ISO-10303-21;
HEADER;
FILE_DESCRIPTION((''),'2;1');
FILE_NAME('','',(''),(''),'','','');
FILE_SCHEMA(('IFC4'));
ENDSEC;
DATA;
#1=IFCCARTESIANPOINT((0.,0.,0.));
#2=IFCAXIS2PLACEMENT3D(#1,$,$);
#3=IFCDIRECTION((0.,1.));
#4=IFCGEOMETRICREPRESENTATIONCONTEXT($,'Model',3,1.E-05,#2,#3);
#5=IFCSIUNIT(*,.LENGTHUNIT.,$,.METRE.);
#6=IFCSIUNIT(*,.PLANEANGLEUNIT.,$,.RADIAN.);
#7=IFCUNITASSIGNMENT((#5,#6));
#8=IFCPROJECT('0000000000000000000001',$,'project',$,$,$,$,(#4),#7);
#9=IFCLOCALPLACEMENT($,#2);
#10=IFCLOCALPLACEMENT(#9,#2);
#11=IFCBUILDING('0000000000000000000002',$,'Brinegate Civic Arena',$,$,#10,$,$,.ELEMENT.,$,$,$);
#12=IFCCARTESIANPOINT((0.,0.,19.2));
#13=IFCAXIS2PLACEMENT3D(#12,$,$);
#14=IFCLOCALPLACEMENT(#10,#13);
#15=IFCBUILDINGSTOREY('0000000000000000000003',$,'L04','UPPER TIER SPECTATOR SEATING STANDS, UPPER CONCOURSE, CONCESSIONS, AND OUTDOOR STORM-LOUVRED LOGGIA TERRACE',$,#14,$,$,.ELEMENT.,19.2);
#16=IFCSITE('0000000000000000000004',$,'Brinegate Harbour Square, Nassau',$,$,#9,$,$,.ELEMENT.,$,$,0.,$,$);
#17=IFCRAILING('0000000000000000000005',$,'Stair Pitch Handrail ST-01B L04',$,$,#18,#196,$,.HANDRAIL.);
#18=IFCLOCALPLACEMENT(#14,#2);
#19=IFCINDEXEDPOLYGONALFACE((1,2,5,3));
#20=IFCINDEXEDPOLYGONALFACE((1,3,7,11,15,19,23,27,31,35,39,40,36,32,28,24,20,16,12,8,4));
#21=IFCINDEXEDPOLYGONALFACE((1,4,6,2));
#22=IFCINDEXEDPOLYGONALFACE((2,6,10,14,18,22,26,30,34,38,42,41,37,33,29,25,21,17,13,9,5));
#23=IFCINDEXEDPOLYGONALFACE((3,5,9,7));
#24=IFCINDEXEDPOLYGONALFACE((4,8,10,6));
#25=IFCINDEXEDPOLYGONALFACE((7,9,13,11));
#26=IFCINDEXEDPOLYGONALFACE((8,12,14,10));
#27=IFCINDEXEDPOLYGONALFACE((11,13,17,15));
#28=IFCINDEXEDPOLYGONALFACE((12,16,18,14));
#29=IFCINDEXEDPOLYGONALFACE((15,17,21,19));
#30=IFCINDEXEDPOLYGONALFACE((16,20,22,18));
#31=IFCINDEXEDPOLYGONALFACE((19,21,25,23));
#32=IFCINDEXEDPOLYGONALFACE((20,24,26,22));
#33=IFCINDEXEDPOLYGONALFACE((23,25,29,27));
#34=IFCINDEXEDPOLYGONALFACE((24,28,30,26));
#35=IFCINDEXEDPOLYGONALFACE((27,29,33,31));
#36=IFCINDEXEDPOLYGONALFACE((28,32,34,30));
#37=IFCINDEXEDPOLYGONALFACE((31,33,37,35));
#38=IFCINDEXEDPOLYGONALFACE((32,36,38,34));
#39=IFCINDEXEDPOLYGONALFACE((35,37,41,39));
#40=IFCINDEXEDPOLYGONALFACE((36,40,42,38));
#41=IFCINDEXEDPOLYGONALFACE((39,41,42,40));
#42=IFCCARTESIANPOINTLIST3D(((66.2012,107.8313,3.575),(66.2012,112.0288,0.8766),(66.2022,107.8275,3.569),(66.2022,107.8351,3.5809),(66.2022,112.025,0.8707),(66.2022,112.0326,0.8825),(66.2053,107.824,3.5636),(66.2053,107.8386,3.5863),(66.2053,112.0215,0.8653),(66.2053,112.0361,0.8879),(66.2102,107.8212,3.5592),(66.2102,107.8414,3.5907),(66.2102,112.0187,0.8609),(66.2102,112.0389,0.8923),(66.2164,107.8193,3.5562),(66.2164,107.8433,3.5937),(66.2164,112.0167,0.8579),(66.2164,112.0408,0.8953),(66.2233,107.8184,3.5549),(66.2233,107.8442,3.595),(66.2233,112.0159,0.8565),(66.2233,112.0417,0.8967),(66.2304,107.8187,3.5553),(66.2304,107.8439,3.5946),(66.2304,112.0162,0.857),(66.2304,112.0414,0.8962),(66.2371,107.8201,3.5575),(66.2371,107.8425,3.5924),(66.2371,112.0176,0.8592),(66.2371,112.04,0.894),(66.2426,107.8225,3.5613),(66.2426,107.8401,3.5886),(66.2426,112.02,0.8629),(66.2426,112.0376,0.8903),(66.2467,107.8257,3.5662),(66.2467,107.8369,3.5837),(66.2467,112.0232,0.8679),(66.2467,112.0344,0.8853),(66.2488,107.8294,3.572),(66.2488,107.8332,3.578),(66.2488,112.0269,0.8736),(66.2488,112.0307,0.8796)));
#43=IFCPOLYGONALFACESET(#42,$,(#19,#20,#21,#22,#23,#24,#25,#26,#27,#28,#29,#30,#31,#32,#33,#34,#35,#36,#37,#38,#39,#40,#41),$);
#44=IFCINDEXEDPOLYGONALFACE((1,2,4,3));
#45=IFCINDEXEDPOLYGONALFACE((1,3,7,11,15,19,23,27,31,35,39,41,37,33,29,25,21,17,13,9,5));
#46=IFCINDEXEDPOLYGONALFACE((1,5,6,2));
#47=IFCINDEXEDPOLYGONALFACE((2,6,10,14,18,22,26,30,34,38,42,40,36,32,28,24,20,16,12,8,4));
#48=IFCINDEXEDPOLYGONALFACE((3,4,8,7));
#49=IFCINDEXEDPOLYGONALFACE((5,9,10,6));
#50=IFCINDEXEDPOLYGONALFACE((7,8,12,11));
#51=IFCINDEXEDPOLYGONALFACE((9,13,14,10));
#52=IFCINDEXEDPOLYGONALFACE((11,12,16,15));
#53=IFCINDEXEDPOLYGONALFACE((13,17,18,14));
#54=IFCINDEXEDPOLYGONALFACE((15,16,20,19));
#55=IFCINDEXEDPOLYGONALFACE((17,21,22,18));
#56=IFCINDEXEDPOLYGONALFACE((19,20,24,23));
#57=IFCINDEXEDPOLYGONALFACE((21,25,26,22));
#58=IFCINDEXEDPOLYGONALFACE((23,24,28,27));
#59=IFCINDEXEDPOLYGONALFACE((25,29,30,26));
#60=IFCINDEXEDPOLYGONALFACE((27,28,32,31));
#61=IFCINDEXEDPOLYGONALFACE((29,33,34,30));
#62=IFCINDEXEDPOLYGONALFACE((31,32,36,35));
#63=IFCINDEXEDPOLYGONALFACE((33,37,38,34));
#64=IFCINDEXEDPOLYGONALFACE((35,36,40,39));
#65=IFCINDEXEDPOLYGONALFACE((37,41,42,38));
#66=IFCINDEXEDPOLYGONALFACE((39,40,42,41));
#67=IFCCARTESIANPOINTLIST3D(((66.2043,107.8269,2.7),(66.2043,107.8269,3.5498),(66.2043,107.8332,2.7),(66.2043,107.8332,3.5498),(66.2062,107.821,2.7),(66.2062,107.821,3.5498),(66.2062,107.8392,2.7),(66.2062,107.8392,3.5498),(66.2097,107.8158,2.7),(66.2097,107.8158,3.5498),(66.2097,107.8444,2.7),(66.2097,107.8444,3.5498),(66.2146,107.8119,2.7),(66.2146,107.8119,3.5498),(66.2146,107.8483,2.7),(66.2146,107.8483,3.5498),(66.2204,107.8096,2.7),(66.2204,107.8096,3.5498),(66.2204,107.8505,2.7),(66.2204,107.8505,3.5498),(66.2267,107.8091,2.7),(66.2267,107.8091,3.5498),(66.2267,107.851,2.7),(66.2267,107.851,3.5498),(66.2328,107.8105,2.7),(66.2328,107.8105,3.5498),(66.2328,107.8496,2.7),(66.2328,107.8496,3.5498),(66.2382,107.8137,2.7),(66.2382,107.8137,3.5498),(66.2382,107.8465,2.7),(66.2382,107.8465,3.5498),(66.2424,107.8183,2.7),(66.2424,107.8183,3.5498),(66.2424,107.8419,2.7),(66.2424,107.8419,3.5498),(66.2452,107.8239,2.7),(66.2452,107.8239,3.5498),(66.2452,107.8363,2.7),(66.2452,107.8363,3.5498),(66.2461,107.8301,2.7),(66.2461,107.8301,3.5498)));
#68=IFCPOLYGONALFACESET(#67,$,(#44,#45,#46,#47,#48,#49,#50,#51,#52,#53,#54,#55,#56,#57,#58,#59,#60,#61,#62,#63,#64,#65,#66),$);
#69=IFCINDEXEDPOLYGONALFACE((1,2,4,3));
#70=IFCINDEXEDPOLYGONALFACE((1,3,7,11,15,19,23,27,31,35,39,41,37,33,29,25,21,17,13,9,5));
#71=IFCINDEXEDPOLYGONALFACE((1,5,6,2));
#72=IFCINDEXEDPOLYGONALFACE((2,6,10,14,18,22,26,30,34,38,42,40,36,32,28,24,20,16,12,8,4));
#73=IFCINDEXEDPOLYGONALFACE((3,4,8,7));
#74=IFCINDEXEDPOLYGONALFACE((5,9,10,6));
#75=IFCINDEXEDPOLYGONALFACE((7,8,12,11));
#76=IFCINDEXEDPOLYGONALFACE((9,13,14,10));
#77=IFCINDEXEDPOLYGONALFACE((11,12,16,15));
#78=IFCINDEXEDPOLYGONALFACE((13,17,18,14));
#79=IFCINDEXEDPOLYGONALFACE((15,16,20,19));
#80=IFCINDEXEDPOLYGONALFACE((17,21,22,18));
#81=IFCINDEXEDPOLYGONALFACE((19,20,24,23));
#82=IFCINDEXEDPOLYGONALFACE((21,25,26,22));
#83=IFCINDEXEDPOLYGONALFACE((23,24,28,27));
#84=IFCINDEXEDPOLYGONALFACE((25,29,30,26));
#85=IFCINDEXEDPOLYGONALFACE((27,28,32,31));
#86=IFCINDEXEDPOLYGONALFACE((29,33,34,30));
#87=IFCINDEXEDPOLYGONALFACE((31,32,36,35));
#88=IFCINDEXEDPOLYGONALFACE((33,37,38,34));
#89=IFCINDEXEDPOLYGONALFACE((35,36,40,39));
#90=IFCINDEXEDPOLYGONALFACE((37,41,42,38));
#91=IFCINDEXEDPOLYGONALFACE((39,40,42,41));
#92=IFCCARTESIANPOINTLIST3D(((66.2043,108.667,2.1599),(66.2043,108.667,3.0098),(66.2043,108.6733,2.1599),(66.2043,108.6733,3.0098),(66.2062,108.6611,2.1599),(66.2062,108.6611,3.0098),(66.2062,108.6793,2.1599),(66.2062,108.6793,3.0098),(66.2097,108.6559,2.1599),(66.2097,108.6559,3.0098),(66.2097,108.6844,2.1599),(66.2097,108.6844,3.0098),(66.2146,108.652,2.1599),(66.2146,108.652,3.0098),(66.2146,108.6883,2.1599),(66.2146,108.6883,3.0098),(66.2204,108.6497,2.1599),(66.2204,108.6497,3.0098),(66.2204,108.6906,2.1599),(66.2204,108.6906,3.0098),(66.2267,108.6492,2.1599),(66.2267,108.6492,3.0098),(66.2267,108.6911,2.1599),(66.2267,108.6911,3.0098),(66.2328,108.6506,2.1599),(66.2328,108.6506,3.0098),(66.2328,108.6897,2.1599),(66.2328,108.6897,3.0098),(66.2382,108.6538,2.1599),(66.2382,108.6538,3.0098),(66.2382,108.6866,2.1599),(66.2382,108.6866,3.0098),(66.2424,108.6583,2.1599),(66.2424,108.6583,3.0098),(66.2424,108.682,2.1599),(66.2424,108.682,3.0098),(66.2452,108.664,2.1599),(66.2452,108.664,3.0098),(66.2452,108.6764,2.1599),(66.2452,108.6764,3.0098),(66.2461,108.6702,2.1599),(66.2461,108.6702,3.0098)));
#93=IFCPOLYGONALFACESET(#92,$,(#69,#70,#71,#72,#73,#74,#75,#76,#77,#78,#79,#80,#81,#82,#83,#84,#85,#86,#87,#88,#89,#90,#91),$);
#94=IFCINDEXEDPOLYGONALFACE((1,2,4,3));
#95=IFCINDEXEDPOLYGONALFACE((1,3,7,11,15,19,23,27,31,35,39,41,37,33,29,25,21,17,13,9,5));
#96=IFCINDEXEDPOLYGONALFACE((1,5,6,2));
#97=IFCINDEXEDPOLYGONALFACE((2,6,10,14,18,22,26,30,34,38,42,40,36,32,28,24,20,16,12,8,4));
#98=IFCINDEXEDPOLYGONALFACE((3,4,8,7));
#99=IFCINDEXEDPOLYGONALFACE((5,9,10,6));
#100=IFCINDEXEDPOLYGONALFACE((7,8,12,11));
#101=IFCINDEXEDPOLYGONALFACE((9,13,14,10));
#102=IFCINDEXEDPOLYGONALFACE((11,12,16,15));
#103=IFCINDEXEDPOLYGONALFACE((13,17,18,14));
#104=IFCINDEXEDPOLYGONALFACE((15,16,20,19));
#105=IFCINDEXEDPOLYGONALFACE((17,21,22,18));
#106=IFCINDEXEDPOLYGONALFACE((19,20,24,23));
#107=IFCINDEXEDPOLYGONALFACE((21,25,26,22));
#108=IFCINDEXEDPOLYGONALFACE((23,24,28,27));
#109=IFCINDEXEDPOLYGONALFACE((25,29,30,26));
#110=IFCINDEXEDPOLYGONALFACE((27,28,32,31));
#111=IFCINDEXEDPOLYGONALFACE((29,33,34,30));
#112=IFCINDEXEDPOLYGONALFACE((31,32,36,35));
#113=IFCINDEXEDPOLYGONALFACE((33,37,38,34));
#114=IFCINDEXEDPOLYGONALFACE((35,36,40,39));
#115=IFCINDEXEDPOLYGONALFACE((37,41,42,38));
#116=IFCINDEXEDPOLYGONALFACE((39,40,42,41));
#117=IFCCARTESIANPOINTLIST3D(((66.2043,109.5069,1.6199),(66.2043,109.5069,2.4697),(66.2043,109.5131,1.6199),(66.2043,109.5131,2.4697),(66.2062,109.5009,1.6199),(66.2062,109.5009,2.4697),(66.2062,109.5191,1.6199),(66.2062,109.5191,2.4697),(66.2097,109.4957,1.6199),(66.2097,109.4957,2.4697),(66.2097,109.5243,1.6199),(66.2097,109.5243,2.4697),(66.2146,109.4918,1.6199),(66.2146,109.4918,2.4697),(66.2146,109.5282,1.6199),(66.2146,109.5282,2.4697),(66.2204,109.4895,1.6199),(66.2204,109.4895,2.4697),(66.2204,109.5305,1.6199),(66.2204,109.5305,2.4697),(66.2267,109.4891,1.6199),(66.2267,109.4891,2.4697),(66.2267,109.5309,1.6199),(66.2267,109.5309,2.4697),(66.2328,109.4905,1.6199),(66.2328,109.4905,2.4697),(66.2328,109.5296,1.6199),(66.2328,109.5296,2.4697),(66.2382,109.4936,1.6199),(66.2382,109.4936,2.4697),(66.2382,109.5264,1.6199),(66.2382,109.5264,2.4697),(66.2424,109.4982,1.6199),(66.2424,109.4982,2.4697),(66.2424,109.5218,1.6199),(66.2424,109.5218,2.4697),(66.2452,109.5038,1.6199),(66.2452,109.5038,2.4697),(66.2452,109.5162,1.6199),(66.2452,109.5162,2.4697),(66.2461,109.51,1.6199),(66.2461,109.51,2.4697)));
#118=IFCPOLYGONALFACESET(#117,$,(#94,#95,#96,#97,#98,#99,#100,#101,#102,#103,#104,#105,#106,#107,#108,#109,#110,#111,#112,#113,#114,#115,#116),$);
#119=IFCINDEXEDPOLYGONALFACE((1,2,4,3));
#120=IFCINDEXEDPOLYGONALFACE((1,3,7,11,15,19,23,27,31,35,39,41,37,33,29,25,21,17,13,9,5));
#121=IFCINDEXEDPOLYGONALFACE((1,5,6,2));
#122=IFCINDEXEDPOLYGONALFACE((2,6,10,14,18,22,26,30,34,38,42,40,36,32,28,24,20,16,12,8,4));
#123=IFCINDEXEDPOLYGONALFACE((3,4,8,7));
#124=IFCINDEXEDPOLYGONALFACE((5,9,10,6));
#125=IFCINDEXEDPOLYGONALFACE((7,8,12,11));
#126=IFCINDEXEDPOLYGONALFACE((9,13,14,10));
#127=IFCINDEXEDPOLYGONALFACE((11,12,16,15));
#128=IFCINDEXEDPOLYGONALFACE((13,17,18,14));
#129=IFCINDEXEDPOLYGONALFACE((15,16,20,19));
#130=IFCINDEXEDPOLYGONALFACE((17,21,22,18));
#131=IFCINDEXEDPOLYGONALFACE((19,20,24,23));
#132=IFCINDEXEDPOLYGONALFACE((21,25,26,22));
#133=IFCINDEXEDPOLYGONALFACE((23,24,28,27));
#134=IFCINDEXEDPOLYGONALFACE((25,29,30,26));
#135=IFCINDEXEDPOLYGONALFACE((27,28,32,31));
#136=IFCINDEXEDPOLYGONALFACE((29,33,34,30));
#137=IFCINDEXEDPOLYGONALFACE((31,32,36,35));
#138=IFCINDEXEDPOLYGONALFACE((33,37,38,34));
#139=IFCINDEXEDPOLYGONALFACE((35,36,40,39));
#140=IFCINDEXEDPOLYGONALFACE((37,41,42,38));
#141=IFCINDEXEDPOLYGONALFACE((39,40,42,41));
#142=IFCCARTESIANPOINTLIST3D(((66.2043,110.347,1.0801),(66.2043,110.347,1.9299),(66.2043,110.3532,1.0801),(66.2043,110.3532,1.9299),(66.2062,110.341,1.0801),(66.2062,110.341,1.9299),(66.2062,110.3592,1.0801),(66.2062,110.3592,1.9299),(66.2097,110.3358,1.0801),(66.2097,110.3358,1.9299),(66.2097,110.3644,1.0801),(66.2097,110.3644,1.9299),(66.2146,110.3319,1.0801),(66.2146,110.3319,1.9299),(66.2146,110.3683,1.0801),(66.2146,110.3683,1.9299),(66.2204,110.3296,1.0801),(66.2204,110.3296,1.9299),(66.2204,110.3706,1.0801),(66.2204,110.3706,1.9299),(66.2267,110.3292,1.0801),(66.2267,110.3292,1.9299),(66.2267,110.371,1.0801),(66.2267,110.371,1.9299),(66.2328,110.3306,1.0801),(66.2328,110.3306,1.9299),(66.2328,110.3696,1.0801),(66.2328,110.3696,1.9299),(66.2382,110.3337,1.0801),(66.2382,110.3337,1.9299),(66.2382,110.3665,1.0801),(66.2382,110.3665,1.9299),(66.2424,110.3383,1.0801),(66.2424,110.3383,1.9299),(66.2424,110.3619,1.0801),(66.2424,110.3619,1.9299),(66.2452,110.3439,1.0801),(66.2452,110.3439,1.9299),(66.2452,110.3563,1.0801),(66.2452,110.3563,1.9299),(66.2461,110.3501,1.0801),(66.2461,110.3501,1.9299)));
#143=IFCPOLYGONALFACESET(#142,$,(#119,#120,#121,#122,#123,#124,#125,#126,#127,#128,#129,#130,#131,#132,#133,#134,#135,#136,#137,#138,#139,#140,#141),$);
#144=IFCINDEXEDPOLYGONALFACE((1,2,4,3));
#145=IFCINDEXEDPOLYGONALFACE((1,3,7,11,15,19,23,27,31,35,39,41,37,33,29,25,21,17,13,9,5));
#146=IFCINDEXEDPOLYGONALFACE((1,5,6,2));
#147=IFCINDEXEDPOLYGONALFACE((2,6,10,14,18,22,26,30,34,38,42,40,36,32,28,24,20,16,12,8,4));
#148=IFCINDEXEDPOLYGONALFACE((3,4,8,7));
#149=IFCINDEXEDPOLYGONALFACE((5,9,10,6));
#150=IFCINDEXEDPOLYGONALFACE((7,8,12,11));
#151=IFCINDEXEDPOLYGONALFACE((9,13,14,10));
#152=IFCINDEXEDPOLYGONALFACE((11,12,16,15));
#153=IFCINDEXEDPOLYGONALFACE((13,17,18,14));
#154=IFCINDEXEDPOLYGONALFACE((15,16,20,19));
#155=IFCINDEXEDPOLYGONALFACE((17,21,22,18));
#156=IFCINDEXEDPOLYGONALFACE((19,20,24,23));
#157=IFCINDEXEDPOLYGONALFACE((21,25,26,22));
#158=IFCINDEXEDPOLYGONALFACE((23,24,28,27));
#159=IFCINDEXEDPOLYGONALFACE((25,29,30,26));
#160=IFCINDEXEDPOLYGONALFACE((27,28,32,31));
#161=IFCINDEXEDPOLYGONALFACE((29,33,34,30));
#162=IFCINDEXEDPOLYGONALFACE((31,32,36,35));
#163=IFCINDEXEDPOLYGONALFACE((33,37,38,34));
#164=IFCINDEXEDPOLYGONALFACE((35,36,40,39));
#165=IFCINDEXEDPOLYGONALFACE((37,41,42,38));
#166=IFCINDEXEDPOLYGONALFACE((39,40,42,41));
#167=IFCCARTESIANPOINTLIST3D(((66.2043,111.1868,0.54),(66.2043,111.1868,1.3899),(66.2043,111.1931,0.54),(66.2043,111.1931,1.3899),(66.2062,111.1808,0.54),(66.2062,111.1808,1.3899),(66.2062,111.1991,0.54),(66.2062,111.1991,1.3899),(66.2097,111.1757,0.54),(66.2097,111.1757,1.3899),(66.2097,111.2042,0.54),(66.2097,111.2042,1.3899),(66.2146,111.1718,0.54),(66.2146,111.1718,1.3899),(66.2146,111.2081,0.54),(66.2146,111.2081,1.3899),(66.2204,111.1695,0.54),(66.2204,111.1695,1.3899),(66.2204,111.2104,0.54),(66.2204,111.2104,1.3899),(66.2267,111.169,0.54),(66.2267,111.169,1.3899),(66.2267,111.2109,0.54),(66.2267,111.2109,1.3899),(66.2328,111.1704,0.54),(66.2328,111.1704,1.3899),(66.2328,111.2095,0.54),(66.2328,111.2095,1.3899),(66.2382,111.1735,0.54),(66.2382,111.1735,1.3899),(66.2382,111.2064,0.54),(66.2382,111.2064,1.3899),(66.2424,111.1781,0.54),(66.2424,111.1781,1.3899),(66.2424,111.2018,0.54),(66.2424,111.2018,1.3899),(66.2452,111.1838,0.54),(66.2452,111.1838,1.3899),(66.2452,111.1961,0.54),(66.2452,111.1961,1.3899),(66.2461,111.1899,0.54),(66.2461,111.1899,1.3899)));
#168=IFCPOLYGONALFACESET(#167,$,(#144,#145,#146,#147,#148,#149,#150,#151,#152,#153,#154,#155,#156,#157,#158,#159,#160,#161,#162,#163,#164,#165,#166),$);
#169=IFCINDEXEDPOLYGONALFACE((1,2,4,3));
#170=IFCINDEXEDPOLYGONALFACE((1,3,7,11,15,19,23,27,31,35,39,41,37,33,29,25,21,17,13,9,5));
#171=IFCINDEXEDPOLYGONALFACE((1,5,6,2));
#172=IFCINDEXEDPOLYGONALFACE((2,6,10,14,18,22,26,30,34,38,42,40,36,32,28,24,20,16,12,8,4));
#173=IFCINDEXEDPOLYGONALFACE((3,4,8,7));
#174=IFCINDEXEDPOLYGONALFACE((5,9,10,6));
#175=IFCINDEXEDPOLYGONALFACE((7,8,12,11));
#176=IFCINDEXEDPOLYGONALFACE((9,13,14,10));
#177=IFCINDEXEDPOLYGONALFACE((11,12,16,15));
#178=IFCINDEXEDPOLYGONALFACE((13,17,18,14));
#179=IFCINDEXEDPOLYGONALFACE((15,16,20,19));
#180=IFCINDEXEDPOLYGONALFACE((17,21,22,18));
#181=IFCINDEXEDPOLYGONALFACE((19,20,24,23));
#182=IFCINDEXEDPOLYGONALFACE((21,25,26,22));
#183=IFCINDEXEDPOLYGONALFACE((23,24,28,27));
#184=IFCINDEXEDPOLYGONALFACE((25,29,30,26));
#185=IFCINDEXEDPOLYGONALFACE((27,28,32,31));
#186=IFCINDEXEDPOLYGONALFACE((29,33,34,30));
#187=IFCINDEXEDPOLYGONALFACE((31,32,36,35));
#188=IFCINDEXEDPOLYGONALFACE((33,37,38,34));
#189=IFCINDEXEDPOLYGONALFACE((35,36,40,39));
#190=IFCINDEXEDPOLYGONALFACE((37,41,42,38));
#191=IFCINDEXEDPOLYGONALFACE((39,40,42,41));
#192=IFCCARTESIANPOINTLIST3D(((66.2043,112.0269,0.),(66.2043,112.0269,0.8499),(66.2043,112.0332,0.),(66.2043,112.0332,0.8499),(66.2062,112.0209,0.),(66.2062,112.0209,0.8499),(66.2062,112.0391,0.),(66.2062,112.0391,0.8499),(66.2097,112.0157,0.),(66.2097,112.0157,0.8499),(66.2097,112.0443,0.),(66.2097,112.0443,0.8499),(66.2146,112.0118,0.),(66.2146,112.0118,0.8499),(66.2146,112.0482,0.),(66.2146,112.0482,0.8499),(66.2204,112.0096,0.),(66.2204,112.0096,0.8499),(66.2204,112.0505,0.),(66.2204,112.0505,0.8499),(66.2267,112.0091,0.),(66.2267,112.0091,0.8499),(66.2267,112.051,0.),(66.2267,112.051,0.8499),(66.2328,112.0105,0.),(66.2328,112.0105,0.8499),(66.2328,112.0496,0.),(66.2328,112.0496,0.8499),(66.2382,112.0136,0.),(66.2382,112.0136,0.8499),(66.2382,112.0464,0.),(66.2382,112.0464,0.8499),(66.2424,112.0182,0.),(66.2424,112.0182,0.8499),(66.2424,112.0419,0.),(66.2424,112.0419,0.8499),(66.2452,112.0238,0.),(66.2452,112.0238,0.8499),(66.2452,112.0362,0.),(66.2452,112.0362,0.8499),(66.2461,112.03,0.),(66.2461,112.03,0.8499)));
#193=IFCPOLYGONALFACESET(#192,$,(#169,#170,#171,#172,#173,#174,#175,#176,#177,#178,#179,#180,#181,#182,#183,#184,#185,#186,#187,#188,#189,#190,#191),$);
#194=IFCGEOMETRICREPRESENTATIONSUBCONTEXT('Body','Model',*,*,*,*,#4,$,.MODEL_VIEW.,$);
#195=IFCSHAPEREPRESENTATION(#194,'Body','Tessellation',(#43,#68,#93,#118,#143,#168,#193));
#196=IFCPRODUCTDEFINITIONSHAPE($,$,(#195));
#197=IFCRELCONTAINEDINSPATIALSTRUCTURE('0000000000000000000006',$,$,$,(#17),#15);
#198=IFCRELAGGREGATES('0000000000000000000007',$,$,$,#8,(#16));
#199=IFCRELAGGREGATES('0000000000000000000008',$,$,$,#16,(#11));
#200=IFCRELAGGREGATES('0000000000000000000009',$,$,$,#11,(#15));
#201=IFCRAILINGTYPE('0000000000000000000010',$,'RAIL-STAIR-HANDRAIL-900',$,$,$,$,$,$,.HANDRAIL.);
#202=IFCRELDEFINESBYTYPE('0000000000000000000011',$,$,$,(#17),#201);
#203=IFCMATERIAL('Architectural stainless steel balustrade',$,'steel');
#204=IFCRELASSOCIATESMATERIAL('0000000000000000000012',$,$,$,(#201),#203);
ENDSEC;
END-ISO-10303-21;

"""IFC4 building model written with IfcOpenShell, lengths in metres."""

from ifc_helpers import new_model, si_unit, direction, frame, origin, origin_2d, place, context, subcontext, project, spatial, circle, extrude, material, type_object, element, save


model = new_model("IFC4")

# Units and contexts
model_context = context("Model", 3, precision=1e-05, world=origin(), true_north=direction((0.0, 1.0)))
body_context = subcontext(model_context, "Body", "Model", "MODEL_VIEW")
ifc_project = project(units=[si_unit("LENGTHUNIT", "METRE"), si_unit("PLANEANGLEUNIT", "RADIAN")], contexts=[model_context])

# Site, building, storey
site_placement = place(None, origin())
site = spatial("IfcSite", under=ifc_project, at=site_placement, Name="Brinegate Harbour Square, Nassau", CompositionType="ELEMENT", RefElevation=0.0)
building_placement = place(site_placement, origin())
building = spatial("IfcBuilding", under=site, at=building_placement, Name="Brinegate Civic Arena", CompositionType="ELEMENT")
storey_placement = place(building_placement, frame((0.0, 0.0, 19.2)))
storey = spatial("IfcBuildingStorey", under=building, at=storey_placement, Name="L04", Description="UPPER TIER SPECTATOR SEATING STANDS, UPPER CONCOURSE, CONCESSIONS, AND OUTDOOR STORM-LOUVRED LOGGIA TERRACE", CompositionType="ELEMENT", Elevation=19.2)

# Railing
ifc_material_1 = material(Name="Architectural stainless steel balustrade", Category="steel")
railing_type_1 = type_object("IfcRailingType", Name="RAIL-STAIR-HANDRAIL-900", PredefinedType="HANDRAIL", material=ifc_material_1)
railing_1_placement = place(storey_placement, frame((66.2251, 107.8301, 2.7)))
element("IfcRailing", 1, at=railing_1_placement, inside=storey, type_object=railing_type_1, Name="Stair Pitch Handrail ST-01B L04", PredefinedType="HANDRAIL", context=body_context, shape_type="SweptSolid", body=[
    extrude(circle(Radius=0.0239, at=origin_2d()), frame((0.0, 0.0012, 0.875), z_axis=(0.0, 0.84118, -0.540755), x_axis=(-1.0, 0.0, 0.0)), (0.0, 0.0, 1.0), 4.99),
    extrude(circle(Radius=0.021, at=origin_2d()), origin(), (0.0, 0.0, 1.0), 0.8499),
    extrude(circle(Radius=0.021, at=origin_2d()), frame((0.0, 0.8401, -0.54)), (0.0, 0.0, 1.0), 0.8499),
    extrude(circle(Radius=0.021, at=origin_2d()), frame((0.0, 1.6799, -1.0801)), (0.0, 0.0, 1.0), 0.8499),
    extrude(circle(Radius=0.021, at=origin_2d()), frame((0.0, 2.52, -1.6199)), (0.0, 0.0, 1.0), 0.8499),
    extrude(circle(Radius=0.021, at=origin_2d()), frame((0.0, 3.3599, -2.1599)), (0.0, 0.0, 1.0), 0.8499),
    extrude(circle(Radius=0.021, at=origin_2d()), frame((0.0, 4.2, -2.7)), (0.0, 0.0, 1.0), 0.8499),
])

save(model, "model.ifc")
